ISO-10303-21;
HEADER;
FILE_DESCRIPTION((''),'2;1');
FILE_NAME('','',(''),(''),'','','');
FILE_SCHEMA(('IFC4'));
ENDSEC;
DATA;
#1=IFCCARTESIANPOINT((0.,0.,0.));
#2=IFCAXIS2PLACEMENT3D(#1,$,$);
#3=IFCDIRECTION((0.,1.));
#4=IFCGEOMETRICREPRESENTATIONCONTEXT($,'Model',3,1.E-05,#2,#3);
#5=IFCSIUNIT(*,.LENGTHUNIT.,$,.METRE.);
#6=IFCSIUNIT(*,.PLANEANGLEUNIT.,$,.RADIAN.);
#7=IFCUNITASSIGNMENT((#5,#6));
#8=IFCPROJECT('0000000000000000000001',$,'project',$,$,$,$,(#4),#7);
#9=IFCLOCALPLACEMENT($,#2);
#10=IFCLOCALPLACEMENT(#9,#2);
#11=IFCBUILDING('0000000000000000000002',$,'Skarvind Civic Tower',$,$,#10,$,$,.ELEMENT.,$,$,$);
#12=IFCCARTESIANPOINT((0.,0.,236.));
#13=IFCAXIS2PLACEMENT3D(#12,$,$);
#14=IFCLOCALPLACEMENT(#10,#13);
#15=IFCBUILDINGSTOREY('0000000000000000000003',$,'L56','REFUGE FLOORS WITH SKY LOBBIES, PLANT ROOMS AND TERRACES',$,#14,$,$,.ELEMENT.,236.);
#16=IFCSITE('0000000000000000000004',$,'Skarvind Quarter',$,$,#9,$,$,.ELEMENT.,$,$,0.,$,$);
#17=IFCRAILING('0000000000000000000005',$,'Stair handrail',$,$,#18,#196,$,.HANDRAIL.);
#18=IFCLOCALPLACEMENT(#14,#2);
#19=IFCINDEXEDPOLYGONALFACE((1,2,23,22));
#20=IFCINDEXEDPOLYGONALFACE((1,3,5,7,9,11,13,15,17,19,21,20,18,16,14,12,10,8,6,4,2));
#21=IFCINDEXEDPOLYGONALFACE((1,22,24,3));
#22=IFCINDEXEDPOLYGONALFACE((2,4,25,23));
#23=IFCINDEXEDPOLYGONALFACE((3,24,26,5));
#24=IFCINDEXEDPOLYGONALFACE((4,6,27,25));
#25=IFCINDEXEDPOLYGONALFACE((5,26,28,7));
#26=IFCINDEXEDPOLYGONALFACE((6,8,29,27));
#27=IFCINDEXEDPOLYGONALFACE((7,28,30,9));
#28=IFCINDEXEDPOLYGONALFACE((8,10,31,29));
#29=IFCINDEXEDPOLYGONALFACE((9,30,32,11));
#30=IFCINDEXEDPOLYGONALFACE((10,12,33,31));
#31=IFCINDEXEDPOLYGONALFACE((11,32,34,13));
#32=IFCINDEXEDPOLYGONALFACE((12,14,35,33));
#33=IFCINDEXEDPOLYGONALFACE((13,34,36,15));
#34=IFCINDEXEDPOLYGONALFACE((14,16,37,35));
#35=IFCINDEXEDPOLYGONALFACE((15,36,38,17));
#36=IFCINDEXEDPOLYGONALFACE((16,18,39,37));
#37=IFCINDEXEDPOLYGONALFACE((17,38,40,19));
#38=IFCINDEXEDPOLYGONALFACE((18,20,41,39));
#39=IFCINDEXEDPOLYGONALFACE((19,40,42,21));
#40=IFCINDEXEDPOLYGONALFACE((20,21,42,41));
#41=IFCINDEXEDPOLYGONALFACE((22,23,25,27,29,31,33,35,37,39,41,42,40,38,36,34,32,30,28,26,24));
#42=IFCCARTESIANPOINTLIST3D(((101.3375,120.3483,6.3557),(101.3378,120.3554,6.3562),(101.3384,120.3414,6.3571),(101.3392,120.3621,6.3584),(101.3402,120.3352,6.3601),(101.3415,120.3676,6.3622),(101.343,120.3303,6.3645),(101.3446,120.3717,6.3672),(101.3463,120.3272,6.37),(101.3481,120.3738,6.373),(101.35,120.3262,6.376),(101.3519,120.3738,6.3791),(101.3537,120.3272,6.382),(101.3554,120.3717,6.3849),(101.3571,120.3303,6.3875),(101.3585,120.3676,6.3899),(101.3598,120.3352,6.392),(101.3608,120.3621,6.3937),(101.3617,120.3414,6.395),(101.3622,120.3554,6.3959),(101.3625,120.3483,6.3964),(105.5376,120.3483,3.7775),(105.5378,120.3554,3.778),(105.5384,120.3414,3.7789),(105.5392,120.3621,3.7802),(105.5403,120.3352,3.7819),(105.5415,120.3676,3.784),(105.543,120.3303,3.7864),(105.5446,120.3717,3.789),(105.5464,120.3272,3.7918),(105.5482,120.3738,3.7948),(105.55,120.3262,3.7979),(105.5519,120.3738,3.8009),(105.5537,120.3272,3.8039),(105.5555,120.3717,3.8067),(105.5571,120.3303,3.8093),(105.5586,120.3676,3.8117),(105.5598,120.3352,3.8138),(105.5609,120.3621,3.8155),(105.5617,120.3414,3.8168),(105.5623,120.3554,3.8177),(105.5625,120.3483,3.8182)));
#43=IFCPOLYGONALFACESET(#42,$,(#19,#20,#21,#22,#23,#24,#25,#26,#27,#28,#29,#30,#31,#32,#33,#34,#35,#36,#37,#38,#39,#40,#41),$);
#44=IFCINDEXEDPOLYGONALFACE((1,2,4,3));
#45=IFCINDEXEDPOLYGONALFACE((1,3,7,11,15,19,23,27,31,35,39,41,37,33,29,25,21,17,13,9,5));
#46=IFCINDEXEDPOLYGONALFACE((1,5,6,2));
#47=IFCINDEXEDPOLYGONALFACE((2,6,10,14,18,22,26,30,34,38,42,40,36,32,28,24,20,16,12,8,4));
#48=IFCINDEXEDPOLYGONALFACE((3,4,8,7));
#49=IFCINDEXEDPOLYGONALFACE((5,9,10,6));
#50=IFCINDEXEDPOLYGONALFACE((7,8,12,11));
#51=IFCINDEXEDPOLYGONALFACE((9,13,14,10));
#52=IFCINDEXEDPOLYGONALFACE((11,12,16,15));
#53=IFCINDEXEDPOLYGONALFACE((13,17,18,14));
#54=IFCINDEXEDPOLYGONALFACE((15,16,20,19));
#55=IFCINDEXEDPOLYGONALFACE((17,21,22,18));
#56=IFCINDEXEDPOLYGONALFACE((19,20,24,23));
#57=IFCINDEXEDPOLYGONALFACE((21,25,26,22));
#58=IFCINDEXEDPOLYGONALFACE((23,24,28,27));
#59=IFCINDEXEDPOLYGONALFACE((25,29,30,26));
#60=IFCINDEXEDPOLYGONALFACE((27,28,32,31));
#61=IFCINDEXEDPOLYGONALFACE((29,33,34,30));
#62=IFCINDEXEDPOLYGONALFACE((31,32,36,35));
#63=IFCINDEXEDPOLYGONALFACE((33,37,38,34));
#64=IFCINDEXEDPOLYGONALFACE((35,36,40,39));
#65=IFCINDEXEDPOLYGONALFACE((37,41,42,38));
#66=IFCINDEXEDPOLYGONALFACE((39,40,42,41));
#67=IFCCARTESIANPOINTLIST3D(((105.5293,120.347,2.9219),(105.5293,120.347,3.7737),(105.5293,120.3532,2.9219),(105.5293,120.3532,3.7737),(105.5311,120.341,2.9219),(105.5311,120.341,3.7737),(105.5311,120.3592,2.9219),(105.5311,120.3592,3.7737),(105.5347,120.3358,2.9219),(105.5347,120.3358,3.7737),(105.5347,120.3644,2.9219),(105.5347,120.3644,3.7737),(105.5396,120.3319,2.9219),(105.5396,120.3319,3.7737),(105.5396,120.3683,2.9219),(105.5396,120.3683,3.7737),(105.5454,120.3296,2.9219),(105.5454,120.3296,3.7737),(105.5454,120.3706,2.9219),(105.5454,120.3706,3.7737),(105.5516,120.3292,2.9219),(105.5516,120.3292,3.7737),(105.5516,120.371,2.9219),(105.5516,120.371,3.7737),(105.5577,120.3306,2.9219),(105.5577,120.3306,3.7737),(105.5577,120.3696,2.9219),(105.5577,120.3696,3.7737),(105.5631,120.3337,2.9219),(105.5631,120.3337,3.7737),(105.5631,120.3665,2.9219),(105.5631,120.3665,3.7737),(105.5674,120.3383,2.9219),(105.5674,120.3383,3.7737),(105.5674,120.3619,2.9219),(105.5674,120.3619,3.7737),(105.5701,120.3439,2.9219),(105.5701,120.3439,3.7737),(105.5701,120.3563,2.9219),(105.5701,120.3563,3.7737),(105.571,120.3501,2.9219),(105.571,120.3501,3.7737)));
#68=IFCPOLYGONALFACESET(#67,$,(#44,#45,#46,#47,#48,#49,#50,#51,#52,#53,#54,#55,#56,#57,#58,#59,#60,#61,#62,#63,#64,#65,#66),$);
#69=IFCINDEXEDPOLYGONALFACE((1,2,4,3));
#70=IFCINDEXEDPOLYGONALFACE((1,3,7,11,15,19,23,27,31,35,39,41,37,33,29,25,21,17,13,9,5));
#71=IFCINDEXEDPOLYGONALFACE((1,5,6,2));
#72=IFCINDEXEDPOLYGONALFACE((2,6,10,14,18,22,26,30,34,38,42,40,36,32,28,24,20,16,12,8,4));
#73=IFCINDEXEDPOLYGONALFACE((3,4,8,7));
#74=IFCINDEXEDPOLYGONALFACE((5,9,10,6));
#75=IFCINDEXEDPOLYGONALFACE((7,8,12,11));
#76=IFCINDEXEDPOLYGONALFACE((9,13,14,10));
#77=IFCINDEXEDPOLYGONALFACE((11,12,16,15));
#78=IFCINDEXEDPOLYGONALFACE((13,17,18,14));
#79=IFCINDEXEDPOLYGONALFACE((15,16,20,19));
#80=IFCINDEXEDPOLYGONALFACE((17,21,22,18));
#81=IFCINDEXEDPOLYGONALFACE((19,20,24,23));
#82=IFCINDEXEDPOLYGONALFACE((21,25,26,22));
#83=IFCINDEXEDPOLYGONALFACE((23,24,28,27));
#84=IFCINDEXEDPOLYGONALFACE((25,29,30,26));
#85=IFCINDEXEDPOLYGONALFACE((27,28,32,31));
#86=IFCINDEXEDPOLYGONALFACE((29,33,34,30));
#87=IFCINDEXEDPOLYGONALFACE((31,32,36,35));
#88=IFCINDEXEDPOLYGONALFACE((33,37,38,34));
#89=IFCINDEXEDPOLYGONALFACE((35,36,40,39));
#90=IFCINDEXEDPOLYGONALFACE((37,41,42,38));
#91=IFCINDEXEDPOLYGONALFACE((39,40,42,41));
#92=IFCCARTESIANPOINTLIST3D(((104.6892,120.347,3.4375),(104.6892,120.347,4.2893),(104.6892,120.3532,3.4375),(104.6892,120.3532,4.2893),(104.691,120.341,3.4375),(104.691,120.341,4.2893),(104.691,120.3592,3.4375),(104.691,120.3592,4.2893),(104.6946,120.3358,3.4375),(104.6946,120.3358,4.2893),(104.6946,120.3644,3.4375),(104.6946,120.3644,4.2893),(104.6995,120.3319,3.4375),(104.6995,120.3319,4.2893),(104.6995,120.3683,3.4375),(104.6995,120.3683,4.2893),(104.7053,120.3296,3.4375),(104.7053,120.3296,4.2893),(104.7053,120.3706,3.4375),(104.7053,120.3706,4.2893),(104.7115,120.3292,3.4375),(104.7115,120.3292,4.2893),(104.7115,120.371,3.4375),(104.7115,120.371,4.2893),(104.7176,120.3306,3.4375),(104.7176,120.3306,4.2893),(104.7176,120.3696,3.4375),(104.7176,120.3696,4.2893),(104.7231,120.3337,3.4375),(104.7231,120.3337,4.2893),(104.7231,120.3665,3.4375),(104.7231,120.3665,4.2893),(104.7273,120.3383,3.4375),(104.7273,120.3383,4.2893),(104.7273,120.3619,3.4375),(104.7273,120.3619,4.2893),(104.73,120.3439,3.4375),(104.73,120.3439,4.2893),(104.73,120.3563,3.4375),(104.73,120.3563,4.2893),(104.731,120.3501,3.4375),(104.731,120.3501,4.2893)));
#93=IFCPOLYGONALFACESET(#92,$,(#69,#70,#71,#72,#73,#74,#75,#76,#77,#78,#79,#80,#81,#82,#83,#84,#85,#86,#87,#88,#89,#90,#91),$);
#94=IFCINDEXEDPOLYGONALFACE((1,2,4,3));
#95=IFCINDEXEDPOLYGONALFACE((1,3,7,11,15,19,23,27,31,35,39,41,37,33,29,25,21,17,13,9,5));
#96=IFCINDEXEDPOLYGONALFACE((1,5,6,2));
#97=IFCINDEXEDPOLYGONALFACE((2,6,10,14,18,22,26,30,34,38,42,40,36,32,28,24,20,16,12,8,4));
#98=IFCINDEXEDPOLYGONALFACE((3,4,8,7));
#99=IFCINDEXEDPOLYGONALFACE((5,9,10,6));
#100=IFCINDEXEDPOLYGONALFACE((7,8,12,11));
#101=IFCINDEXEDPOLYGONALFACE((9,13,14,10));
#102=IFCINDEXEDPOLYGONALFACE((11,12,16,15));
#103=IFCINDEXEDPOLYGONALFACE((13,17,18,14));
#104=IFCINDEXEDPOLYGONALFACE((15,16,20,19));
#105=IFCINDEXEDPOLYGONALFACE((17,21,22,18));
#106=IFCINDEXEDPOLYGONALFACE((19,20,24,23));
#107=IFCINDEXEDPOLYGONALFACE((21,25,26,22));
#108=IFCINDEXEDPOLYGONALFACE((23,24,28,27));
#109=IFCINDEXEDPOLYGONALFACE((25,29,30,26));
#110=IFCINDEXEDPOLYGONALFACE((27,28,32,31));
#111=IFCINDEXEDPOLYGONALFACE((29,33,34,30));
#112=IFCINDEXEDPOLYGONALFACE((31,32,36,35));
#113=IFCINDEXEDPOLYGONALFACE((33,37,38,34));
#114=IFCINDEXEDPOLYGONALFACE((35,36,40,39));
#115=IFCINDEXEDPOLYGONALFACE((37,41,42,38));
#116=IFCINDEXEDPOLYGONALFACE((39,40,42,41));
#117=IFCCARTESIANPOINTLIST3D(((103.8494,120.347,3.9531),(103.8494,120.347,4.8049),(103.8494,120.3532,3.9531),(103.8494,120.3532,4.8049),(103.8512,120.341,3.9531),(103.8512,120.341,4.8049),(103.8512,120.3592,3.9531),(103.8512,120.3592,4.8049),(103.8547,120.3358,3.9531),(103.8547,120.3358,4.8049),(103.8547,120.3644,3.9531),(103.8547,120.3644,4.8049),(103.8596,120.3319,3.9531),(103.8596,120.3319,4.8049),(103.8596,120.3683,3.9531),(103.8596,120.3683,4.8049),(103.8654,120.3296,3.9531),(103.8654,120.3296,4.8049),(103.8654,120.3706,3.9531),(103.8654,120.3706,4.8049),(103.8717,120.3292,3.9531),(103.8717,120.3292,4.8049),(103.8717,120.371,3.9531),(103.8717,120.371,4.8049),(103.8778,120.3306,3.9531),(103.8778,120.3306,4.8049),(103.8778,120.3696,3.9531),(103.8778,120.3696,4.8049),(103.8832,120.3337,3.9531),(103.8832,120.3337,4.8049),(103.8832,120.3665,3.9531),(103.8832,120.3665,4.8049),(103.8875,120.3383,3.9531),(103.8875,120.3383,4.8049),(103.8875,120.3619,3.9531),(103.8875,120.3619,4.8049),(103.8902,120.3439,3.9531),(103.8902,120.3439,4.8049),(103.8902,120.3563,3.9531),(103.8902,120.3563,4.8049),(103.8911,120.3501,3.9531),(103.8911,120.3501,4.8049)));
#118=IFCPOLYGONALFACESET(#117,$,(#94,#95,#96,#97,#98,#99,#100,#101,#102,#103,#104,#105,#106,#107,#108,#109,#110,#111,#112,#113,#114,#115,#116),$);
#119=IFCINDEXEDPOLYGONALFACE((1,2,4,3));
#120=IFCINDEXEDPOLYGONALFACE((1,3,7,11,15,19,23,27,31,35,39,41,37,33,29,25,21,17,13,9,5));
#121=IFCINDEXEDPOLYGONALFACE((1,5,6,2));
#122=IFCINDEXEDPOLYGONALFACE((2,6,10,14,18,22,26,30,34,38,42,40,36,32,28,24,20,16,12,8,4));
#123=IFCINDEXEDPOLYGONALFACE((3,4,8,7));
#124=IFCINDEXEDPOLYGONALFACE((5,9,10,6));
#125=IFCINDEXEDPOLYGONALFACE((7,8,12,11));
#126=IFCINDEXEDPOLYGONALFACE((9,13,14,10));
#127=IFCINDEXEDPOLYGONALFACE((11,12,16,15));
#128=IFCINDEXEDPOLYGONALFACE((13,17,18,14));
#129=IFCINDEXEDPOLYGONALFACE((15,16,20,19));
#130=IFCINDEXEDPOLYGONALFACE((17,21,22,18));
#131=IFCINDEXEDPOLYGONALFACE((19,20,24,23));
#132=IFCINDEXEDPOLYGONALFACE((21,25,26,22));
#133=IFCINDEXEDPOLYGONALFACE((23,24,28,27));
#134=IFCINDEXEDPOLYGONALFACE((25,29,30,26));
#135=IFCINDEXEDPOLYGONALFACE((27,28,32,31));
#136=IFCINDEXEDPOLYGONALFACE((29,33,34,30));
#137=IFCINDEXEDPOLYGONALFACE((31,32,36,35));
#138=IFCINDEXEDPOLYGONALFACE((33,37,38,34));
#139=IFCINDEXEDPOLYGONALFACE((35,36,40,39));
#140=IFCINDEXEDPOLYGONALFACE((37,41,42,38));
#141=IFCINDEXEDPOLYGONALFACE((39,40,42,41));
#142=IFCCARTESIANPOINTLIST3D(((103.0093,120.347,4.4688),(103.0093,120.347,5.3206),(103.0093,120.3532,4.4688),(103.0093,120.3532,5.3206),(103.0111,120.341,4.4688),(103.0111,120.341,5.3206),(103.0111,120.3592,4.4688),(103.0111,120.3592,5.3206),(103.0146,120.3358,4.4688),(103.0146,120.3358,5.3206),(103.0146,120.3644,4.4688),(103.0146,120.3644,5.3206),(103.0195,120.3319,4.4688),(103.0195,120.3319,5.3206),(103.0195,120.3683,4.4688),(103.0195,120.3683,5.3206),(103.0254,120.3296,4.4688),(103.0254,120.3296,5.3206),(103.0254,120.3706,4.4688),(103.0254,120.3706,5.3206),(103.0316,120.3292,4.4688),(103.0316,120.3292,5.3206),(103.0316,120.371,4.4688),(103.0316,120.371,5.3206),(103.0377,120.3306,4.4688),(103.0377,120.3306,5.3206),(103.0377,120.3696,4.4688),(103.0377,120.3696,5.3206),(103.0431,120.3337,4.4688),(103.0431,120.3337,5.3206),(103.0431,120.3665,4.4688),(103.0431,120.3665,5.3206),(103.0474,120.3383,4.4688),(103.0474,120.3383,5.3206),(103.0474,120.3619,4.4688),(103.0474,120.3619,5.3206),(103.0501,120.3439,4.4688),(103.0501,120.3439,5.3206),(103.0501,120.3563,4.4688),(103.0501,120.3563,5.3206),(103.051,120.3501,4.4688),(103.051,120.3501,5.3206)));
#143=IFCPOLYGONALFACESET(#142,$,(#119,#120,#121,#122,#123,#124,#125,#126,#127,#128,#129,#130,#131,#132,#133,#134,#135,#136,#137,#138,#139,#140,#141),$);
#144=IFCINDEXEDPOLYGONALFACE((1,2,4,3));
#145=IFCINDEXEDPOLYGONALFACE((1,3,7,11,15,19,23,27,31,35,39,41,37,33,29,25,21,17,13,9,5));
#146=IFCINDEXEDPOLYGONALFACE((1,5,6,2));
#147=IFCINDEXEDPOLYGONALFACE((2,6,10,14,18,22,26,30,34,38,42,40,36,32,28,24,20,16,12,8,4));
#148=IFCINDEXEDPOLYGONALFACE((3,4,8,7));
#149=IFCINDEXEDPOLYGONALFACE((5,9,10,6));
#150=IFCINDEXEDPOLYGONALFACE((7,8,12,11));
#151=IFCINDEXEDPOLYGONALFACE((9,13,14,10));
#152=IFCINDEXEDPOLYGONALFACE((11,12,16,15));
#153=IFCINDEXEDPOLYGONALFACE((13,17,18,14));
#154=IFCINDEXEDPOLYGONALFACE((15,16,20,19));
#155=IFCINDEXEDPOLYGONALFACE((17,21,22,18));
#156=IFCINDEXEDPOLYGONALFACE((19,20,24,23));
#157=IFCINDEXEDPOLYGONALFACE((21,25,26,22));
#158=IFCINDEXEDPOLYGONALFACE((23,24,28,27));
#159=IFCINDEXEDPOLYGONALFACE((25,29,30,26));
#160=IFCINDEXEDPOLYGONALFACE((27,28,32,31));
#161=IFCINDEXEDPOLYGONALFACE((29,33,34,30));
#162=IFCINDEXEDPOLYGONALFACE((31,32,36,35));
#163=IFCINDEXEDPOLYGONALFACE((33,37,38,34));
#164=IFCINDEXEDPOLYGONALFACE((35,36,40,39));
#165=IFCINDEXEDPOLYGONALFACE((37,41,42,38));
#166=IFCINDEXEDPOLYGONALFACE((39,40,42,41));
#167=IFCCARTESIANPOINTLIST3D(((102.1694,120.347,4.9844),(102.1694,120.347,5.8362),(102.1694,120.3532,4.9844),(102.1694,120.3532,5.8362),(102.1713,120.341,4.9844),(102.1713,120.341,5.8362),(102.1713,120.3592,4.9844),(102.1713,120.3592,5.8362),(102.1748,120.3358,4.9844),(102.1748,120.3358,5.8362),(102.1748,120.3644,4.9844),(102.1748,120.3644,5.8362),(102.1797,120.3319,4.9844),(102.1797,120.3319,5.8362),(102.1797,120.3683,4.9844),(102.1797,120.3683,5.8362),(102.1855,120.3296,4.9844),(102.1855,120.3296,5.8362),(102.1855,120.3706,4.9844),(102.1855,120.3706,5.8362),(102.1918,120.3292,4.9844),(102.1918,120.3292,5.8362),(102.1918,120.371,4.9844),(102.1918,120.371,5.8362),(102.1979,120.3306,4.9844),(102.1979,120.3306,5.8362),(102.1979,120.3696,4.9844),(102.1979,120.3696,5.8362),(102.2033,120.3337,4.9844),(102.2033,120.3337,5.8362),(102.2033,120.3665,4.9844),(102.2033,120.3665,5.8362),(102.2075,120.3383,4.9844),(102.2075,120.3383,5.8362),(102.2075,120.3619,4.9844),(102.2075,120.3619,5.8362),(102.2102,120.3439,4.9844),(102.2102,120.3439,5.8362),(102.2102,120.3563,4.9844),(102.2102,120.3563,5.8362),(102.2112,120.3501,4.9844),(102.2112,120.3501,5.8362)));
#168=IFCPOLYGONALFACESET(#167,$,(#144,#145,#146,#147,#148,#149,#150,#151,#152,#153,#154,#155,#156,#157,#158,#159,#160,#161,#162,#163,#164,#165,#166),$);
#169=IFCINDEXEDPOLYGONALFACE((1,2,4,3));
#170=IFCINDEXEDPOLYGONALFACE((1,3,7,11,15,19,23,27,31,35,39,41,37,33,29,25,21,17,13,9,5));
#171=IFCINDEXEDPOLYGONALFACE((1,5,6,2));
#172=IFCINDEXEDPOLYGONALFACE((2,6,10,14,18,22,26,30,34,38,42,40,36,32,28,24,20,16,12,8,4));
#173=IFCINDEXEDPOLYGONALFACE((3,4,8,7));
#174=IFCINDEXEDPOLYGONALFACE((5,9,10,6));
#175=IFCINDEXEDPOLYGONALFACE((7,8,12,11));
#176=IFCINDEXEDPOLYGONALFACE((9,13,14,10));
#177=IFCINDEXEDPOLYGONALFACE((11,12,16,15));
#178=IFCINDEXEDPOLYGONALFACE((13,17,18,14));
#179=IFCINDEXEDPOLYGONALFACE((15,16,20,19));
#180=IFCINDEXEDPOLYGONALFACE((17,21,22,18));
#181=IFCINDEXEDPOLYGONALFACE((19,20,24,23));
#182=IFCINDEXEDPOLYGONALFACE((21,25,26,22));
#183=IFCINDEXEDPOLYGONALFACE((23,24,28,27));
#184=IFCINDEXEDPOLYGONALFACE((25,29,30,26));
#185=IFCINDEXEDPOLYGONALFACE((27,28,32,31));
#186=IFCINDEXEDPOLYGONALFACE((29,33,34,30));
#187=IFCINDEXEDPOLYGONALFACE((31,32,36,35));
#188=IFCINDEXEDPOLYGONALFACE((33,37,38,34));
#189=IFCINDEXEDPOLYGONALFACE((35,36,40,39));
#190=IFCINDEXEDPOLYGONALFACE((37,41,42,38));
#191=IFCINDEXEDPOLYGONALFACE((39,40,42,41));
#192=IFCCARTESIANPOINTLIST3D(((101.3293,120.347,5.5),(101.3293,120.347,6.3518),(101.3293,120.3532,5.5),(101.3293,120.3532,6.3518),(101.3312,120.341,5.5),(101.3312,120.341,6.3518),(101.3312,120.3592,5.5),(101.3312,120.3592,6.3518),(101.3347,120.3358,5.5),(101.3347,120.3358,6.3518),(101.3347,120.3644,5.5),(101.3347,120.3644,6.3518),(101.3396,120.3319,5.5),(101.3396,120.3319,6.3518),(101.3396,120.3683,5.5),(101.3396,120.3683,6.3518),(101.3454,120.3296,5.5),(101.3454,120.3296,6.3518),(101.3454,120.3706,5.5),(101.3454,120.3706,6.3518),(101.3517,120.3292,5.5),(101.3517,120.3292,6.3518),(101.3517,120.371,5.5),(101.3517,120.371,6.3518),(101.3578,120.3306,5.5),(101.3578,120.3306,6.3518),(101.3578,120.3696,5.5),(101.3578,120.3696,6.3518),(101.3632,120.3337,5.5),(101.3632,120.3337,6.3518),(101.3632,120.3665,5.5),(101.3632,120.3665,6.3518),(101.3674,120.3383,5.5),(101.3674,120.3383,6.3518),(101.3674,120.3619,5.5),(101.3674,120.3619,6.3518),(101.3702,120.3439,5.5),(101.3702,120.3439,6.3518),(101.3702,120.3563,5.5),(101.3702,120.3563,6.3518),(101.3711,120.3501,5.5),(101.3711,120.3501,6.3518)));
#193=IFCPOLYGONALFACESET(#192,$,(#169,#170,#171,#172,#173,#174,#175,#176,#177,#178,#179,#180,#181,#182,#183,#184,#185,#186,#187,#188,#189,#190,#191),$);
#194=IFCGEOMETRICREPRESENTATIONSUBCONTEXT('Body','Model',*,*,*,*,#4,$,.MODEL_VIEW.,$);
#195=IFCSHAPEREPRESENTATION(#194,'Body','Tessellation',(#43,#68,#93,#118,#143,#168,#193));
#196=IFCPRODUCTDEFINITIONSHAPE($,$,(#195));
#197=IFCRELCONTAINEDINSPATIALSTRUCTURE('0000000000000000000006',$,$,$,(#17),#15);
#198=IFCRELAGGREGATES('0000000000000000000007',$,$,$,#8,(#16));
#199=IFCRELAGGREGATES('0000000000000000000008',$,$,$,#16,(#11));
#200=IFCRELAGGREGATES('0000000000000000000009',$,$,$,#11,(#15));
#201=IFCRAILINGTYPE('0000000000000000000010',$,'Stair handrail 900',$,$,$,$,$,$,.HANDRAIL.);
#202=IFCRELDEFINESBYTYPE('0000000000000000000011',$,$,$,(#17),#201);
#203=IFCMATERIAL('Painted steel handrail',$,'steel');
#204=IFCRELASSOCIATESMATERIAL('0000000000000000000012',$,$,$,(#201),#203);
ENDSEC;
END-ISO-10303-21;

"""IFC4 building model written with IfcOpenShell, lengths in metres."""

from ifc_helpers import new_model, si_unit, direction, frame, origin, origin_2d, place, context, subcontext, project, spatial, circle, extrude, material, type_object, element, save


model = new_model("IFC4")

# Units and contexts
model_context = context("Model", 3, precision=1e-05, world=origin(), true_north=direction((0.0, 1.0)))
body_context = subcontext(model_context, "Body", "Model", "MODEL_VIEW")
ifc_project = project(units=[si_unit("LENGTHUNIT", "METRE"), si_unit("PLANEANGLEUNIT", "RADIAN")], contexts=[model_context])

# Site, building, storey
site_placement = place(None, origin())
site = spatial("IfcSite", under=ifc_project, at=site_placement, Name="Skarvind Quarter", CompositionType="ELEMENT", RefElevation=0.0)
building_placement = place(site_placement, origin())
building = spatial("IfcBuilding", under=site, at=building_placement, Name="Skarvind Civic Tower", CompositionType="ELEMENT")
storey_placement = place(building_placement, frame((0.0, 0.0, 236.0)))
storey = spatial("IfcBuildingStorey", under=building, at=storey_placement, Name="L56", Description="REFUGE FLOORS WITH SKY LOBBIES, PLANT ROOMS AND TERRACES", CompositionType="ELEMENT", Elevation=236.0)

# Railing
ifc_material_1 = material(Name="Painted steel handrail", Category="steel")
railing_type = type_object("IfcRailingType", Name="Stair handrail 900", PredefinedType="HANDRAIL", material=ifc_material_1)
railing_1_placement = place(storey_placement, frame((105.55, 120.3501, 2.9219)))
element("IfcRailing", 1, at=railing_1_placement, inside=storey, type_object=railing_type, Name="Stair handrail", PredefinedType="HANDRAIL", context=body_context, shape_type="SweptSolid", body=[
    extrude(circle(Radius=0.0239, at=origin_2d()), frame((0.0, 0.0, 0.876), z_axis=(-0.852243, 0.0, 0.523146), x_axis=(0.0, -1.0, 0.0)), (0.0, 0.0, 1.0), 4.9282),
    extrude(circle(Radius=0.021, at=origin_2d()), origin(), (0.0, 0.0, 1.0), 0.8518),
    extrude(circle(Radius=0.021, at=origin_2d()), frame((-0.8401, 0.0, 0.5156)), (0.0, 0.0, 1.0), 0.8518),
    extrude(circle(Radius=0.021, at=origin_2d()), frame((-1.6799, 0.0, 1.0312)), (0.0, 0.0, 1.0), 0.8518),
    extrude(circle(Radius=0.021, at=origin_2d()), frame((-2.52, 0.0, 1.5469)), (0.0, 0.0, 1.0), 0.8518),
    extrude(circle(Radius=0.021, at=origin_2d()), frame((-3.3599, 0.0, 2.0625)), (0.0, 0.0, 1.0), 0.8518),
    extrude(circle(Radius=0.021, at=origin_2d()), frame((-4.2, 0.0, 2.5781)), (0.0, 0.0, 1.0), 0.8518),
])

save(model, "model.ifc")
